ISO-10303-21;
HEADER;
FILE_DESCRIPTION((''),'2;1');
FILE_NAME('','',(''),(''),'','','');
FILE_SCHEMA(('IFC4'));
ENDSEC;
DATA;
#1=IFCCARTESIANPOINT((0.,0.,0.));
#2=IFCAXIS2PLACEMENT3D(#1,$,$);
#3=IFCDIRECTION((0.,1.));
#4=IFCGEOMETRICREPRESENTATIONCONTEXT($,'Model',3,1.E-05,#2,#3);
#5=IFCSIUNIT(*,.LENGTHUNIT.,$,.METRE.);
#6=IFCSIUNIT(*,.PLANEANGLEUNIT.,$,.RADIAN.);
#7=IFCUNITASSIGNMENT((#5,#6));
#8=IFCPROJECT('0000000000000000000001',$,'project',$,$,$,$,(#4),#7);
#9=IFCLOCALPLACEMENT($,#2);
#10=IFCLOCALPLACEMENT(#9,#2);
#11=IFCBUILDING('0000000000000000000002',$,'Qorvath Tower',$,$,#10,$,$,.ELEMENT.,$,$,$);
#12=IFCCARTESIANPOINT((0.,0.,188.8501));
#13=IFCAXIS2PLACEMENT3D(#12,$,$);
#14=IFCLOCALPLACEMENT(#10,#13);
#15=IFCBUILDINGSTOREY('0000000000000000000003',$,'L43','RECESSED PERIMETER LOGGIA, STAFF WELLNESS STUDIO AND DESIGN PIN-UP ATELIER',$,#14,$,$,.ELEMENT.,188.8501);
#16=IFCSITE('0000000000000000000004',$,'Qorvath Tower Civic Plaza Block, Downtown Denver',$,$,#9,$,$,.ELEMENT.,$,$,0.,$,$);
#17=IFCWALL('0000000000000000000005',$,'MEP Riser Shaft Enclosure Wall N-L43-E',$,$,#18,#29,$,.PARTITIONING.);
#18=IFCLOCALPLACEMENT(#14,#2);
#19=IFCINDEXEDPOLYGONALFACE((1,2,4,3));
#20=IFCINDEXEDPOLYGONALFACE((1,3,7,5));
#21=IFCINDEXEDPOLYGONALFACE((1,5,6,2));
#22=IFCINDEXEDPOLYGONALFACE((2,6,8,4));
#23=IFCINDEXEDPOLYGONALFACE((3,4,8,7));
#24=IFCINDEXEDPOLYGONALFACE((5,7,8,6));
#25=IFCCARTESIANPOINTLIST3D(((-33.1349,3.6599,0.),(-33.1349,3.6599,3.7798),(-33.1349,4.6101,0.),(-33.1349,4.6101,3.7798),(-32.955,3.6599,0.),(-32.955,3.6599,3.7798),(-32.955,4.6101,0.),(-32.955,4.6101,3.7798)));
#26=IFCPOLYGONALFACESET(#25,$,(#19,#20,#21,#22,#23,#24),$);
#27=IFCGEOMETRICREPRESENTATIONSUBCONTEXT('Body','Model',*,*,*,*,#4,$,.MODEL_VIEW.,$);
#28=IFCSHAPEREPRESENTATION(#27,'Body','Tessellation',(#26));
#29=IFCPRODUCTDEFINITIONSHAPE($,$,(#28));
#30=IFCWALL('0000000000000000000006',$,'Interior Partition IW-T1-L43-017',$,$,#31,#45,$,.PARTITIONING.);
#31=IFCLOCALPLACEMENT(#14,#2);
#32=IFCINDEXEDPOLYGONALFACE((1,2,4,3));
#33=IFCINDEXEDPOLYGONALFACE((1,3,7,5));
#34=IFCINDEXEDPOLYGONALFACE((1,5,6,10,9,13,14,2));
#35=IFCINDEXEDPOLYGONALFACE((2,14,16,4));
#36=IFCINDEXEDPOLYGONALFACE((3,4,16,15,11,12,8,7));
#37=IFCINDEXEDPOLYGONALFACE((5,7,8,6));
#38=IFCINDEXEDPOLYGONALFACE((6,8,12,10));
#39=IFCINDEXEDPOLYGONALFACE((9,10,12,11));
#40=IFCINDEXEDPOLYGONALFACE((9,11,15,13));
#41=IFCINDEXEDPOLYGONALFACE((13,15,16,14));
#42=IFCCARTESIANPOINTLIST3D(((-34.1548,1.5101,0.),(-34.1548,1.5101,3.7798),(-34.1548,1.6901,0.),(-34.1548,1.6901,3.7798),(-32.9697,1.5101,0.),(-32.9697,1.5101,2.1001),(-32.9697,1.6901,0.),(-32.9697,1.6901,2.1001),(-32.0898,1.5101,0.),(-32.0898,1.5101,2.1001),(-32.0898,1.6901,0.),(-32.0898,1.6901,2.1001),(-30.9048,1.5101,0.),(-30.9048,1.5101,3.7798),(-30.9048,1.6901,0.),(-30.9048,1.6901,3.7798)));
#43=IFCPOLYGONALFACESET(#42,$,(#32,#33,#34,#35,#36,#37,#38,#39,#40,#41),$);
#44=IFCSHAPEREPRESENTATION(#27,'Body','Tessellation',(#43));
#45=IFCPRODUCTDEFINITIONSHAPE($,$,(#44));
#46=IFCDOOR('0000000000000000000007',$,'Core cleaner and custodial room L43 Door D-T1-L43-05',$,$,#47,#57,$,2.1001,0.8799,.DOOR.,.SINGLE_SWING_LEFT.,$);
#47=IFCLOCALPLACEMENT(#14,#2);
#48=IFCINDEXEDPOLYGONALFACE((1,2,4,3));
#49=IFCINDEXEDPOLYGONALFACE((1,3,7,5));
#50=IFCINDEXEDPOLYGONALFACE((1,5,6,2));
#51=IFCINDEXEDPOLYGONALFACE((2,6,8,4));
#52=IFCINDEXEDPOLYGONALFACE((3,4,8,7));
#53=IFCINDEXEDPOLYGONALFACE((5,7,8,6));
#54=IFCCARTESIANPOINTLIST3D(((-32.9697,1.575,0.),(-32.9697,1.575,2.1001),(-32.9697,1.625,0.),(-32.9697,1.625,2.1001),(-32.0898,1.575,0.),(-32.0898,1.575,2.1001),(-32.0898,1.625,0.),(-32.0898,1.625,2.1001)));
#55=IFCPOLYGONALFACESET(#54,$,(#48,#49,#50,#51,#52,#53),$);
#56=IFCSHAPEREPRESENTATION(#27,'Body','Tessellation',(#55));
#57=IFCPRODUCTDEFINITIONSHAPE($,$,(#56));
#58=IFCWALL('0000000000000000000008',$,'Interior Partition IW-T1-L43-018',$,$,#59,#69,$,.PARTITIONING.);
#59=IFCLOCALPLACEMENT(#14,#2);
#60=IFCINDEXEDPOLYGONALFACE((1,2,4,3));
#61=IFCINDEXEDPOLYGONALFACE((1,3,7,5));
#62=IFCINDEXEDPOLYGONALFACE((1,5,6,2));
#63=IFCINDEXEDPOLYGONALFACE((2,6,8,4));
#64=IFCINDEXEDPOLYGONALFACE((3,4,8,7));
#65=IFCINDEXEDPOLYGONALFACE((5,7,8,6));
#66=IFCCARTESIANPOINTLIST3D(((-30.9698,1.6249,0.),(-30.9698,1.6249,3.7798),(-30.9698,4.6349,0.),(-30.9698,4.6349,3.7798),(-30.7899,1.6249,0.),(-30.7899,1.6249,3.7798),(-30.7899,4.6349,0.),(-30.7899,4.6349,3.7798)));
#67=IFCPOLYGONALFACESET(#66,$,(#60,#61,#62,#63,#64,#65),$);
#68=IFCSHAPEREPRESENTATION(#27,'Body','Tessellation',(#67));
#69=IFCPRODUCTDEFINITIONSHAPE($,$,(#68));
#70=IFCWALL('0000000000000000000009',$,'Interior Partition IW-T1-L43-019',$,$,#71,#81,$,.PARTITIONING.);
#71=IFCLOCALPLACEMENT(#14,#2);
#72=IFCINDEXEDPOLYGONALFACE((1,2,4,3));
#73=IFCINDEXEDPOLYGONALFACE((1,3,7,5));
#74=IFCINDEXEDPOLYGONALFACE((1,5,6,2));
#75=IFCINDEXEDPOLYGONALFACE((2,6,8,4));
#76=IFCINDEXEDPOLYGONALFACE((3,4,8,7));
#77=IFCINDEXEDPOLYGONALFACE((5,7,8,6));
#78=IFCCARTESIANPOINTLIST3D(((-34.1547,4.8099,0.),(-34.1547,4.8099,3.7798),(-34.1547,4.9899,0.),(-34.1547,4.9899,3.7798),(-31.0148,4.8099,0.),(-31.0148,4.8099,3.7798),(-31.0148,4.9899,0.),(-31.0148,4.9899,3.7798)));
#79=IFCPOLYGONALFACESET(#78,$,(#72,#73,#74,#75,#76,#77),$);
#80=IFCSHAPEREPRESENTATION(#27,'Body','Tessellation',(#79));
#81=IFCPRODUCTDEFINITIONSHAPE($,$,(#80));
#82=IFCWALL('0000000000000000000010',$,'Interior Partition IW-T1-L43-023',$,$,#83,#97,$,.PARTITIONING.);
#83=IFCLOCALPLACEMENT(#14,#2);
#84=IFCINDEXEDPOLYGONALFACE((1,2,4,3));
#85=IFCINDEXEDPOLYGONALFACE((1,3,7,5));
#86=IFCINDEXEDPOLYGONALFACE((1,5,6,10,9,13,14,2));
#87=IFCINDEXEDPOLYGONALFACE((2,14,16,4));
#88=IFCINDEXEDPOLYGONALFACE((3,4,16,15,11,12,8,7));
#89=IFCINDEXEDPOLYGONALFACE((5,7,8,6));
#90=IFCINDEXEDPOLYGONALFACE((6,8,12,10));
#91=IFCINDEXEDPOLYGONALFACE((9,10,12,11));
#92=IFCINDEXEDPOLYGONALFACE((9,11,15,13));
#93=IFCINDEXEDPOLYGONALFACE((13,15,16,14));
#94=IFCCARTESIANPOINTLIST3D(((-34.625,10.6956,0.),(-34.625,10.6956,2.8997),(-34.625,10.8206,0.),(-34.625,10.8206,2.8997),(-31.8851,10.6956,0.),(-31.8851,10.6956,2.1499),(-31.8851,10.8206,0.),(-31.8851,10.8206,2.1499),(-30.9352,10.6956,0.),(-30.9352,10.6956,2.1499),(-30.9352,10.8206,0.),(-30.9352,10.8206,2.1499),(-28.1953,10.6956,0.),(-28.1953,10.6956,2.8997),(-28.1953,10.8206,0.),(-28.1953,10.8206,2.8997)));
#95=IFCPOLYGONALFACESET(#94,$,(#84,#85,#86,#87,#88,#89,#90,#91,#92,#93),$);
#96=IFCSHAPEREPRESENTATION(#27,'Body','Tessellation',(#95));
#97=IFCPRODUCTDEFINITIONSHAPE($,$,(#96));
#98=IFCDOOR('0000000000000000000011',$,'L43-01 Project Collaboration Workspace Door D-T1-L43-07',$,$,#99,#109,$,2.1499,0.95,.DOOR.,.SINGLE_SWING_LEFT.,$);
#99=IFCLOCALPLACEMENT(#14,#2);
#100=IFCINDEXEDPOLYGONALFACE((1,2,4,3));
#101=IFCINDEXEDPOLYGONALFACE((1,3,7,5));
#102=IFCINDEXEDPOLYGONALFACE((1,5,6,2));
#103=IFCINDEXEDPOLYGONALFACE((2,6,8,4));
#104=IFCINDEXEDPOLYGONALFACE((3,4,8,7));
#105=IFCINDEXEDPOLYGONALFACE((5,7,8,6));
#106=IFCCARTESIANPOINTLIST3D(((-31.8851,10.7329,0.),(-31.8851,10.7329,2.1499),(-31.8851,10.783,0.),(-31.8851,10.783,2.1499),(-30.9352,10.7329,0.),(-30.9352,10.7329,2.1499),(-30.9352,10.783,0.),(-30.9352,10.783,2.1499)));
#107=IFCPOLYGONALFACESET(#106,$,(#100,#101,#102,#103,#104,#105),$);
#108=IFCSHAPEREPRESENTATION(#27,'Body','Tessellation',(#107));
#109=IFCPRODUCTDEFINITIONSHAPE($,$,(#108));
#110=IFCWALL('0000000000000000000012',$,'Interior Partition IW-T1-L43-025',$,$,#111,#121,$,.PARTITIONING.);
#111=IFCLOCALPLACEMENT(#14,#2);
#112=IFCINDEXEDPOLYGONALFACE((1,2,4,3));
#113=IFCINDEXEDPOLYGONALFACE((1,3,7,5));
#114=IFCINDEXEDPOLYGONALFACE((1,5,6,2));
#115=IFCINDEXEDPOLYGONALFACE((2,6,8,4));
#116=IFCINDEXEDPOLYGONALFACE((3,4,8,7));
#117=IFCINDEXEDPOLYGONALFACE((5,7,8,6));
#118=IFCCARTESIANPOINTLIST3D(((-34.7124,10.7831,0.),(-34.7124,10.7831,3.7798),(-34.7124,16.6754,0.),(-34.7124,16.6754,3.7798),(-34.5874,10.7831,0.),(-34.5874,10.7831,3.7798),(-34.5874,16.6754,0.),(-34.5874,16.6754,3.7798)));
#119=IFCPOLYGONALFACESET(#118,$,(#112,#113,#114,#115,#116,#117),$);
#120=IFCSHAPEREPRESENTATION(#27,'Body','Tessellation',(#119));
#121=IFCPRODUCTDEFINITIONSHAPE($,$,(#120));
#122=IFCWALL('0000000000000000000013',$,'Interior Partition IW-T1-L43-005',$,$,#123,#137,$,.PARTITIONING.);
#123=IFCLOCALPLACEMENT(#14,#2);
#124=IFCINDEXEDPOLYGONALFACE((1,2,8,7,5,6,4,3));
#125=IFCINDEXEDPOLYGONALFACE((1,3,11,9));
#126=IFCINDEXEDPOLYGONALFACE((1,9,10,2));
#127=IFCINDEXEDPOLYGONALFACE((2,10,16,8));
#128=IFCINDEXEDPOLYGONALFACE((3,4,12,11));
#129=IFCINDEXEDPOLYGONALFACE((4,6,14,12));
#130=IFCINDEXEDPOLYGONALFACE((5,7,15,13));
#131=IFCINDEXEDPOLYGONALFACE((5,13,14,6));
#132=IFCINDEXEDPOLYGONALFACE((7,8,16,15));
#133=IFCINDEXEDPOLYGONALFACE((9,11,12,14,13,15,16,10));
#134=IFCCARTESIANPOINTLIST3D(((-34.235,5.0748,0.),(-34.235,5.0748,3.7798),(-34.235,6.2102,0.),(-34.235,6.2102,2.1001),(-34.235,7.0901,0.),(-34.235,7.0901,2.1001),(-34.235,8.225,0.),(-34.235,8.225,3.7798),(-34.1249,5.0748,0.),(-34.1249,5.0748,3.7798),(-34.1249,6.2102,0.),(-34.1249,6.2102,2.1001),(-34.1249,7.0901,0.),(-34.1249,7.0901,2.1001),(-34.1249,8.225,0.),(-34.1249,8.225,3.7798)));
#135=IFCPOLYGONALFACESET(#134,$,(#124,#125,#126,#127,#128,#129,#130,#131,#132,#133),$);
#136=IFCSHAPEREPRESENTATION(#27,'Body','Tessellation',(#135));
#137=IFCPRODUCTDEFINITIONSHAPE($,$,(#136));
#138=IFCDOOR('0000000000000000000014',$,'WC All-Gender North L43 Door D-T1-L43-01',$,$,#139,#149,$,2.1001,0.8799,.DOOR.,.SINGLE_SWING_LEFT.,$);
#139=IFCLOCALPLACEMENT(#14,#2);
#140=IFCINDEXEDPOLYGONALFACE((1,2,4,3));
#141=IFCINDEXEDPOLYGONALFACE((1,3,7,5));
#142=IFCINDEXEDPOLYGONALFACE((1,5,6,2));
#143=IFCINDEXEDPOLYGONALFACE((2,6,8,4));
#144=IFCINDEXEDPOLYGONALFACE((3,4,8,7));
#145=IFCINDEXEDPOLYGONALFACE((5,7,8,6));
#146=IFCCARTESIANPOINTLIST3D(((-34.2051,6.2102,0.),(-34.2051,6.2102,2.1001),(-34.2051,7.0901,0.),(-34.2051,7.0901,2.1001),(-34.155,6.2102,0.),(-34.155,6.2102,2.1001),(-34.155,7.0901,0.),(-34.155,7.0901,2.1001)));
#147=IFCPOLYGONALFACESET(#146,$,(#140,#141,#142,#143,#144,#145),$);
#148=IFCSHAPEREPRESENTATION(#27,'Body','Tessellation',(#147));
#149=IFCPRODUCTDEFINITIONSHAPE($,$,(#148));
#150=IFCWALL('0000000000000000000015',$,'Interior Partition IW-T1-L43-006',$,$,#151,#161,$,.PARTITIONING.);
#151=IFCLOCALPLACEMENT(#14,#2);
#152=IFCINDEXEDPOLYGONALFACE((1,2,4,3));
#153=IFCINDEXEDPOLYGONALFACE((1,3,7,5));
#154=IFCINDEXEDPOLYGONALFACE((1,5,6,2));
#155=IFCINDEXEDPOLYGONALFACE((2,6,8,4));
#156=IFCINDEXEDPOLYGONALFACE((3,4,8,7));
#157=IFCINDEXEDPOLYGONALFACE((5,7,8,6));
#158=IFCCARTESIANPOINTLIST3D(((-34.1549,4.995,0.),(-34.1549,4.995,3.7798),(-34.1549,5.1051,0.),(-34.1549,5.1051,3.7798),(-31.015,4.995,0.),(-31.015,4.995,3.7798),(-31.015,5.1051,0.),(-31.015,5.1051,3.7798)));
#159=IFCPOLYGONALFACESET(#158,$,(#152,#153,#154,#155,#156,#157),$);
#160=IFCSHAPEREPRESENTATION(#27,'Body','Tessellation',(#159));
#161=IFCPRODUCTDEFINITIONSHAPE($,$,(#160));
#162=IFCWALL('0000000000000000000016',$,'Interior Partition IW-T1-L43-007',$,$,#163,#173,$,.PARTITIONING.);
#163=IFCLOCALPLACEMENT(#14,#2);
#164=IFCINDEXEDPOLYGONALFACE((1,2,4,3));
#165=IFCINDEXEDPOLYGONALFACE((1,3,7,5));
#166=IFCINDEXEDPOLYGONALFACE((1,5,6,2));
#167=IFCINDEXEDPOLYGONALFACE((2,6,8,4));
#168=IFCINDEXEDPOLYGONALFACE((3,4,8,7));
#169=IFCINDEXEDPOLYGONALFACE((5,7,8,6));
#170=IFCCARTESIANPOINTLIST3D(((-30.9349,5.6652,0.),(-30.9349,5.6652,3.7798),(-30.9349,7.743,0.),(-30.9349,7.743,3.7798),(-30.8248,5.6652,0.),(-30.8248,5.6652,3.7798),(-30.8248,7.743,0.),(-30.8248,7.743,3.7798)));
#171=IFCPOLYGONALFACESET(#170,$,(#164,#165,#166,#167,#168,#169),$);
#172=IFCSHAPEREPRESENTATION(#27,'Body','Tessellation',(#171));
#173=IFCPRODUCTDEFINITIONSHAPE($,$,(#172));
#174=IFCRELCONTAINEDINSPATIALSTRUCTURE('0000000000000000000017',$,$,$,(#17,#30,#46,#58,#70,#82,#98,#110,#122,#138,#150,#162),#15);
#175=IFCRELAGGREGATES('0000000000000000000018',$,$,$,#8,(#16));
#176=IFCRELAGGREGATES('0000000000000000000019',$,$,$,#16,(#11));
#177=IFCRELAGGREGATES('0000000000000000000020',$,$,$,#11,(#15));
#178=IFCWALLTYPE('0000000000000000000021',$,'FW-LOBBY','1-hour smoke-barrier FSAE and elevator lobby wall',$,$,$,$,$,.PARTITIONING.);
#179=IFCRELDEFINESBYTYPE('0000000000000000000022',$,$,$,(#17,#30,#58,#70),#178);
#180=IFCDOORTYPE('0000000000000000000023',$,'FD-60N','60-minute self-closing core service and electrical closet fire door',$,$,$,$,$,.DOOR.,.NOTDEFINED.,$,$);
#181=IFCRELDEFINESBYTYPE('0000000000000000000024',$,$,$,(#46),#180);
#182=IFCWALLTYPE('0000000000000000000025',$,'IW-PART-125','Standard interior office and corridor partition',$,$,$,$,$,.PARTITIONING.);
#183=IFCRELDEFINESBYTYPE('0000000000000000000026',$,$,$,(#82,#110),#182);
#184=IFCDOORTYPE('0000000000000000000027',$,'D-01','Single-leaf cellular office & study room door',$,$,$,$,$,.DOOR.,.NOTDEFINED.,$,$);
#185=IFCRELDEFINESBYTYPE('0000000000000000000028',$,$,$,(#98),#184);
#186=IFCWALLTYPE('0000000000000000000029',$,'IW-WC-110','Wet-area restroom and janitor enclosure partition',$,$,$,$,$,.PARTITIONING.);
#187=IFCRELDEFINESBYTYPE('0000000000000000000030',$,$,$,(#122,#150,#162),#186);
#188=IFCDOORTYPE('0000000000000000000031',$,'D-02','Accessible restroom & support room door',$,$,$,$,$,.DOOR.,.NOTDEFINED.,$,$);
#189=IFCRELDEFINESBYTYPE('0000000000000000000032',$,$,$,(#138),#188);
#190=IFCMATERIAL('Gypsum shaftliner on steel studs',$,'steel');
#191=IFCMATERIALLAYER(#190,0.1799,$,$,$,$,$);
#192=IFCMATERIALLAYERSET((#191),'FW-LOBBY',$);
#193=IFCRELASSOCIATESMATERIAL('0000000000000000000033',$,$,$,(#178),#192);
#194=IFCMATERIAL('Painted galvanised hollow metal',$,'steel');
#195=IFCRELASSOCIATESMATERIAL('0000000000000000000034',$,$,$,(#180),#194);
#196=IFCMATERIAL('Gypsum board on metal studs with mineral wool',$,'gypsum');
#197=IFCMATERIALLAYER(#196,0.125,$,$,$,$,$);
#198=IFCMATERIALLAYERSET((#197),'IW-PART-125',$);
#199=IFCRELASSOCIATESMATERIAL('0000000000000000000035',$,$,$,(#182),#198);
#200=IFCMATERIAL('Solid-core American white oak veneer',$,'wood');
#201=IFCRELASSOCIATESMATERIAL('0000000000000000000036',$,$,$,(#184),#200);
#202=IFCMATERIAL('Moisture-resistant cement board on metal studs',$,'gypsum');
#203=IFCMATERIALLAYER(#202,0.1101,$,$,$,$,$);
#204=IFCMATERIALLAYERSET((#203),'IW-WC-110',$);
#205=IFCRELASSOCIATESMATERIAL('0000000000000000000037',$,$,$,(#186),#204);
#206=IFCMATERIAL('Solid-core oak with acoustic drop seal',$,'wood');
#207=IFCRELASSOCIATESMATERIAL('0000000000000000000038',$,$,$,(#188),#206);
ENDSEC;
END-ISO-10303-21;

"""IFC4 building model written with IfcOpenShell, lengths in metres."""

from ifc_helpers import new_model, si_unit, direction, frame, frame_2d, origin, place, context, subcontext, project, spatial, rectangle, extrude, material, layer, layer_set, type_object, element, fill, save


model = new_model("IFC4")

# Units and contexts
model_context = context("Model", 3, precision=1e-05, world=origin(), true_north=direction((0.0, 1.0)))
body_context = subcontext(model_context, "Body", "Model", "MODEL_VIEW")
ifc_project = project(units=[si_unit("LENGTHUNIT", "METRE"), si_unit("PLANEANGLEUNIT", "RADIAN")], contexts=[model_context])

# Site, building, storey
site_placement = place(None, origin())
site = spatial("IfcSite", under=ifc_project, at=site_placement, Name="Qorvath Tower Civic Plaza Block, Downtown Denver", CompositionType="ELEMENT", RefElevation=0.0)
building_placement = place(site_placement, origin())
building = spatial("IfcBuilding", under=site, at=building_placement, Name="Qorvath Tower", CompositionType="ELEMENT")
storey_placement = place(building_placement, frame((0.0, 0.0, 188.8501)))
storey = spatial("IfcBuildingStorey", under=building, at=storey_placement, Name="L43", Description="RECESSED PERIMETER LOGGIA, STAFF WELLNESS STUDIO AND DESIGN PIN-UP ATELIER", CompositionType="ELEMENT", Elevation=188.8501)

# Wall
ifc_material_1 = material(Name="Gypsum shaftliner on steel studs", Category="steel")
ifc_layer_1 = layer(ifc_material_1, 0.1799)
ifc_layer_set_1 = layer_set([ifc_layer_1], Name="FW-LOBBY")
wall_type_1 = type_object("IfcWallType", Name="FW-LOBBY", Description="1-hour smoke-barrier FSAE and elevator lobby wall", PredefinedType="PARTITIONING", material=ifc_layer_set_1)
for number, where, z_axis, x_axis, name in (
    (1, (-33.0449, 4.6101, 0.0), (0.0, 0.0, 1.0), (0.0, -1.0, 0.0), "MEP Riser Shaft Enclosure Wall N-L43-E"),
):
    element("IfcWall", number, at=place(storey_placement, frame(where, z_axis=z_axis, x_axis=x_axis)), inside=storey, type_object=wall_type_1, Name=name, PredefinedType="PARTITIONING", context=body_context, shape_type="SweptSolid", body=[
        extrude(rectangle(XDim=0.9502, YDim=0.1799, at=frame_2d((0.4751, 0.0))), origin(), (0.0, 0.0, 1.0), 3.7798),
    ])

# Wall, opening, door
wall_1_placement = place(storey_placement, frame((-34.1548, 1.6001, 0.0), z_axis=(0.0, 0.0, 1.0), x_axis=(1.0, 0.0, 0.0)))
wall_1 = element("IfcWall", 2, at=wall_1_placement, inside=storey, type_object=wall_type_1, Name="Interior Partition IW-T1-L43-017", PredefinedType="PARTITIONING", context=body_context, shape_type="SweptSolid", body=[
    extrude(rectangle(XDim=3.25, YDim=0.1799, at=frame_2d((1.625, 0.0))), origin(), (0.0, 0.0, 1.0), 3.7798),
])
opening_1_placement = place(wall_1_placement, frame((1.1851, 0.0, 0.0)))
opening_1 = element("IfcOpeningElement", 3, at=opening_1_placement, cuts=wall_1, PredefinedType="OPENING", context=body_context, shape_type="SweptSolid", body=[
    extrude(rectangle(XDim=0.8799, YDim=2.1001, at=frame_2d((0.4399, 1.05))), frame((0.0, 0.1001, 0.0), z_axis=(0.0, -1.0, 0.0), x_axis=(1.0, 0.0, 0.0)), (0.0, 0.0, 1.0), 0.2),
])
ifc_material_2 = material(Name="Painted galvanised hollow metal", Category="steel")
door_type_1 = type_object("IfcDoorType", Name="FD-60N", Description="60-minute self-closing core service and electrical closet fire door", OperationType="NOTDEFINED", PredefinedType="DOOR", material=ifc_material_2)
door_1_placement = place(opening_1_placement, origin())
door_1 = element("IfcDoor", 4, at=door_1_placement, inside=storey, type_object=door_type_1, Name="Core cleaner and custodial room L43 Door D-T1-L43-05", OperationType="SINGLE_SWING_LEFT", OverallHeight=2.1001, OverallWidth=0.8799, PredefinedType="DOOR", context=body_context, shape_type="SweptSolid", body=[
    extrude(rectangle(XDim=0.8799, YDim=2.1001, at=frame_2d((0.4399, 1.05))), frame((0.0, 0.0249, 0.0), z_axis=(0.0, -1.0, 0.0), x_axis=(1.0, 0.0, 0.0)), (0.0, 0.0, 1.0), 0.05),
])
fill(opening_1, door_1)

# Walls
wall_2_placement = place(storey_placement, frame((-30.8799, 1.625, 0.0), z_axis=(0.0, 0.0, 1.0), x_axis=(0.0, 1.0, 0.0)))
element("IfcWall", 5, at=wall_2_placement, inside=storey, type_object=wall_type_1, Name="Interior Partition IW-T1-L43-018", PredefinedType="PARTITIONING", context=body_context, shape_type="SweptSolid", body=[
    extrude(rectangle(XDim=3.01, YDim=0.1799, at=frame_2d((1.5049, 0.0))), origin(), (0.0, 0.0, 1.0), 3.7798),
])
wall_3_placement = place(storey_placement, frame((-31.0149, 4.8999, 0.0), z_axis=(0.0, 0.0, 1.0), x_axis=(-1.0, 0.0, 0.0)))
element("IfcWall", 6, at=wall_3_placement, inside=storey, type_object=wall_type_1, Name="Interior Partition IW-T1-L43-019", PredefinedType="PARTITIONING", context=body_context, shape_type="SweptSolid", body=[
    extrude(rectangle(XDim=3.1399, YDim=0.1799, at=frame_2d((1.5698, 0.0))), origin(), (0.0, 0.0, 1.0), 3.7798),
])

# Wall, opening, door
ifc_material_3 = material(Name="Gypsum board on metal studs with mineral wool", Category="gypsum")
ifc_layer_2 = layer(ifc_material_3, 0.125)
ifc_layer_set_2 = layer_set([ifc_layer_2], Name="IW-PART-125")
wall_type_2 = type_object("IfcWallType", Name="IW-PART-125", Description="Standard interior office and corridor partition", PredefinedType="PARTITIONING", material=ifc_layer_set_2)
wall_4_placement = place(storey_placement, frame((-34.625, 10.7581, 0.0), z_axis=(0.0, 0.0, 1.0), x_axis=(1.0, 0.0, 0.0)))
wall_4 = element("IfcWall", 7, at=wall_4_placement, inside=storey, type_object=wall_type_2, Name="Interior Partition IW-T1-L43-023", PredefinedType="PARTITIONING", context=body_context, shape_type="SweptSolid", body=[
    extrude(rectangle(XDim=6.4297, YDim=0.125, at=frame_2d((3.2148, 0.0))), origin(), (0.0, 0.0, 1.0), 2.8997),
])
opening_2_placement = place(wall_4_placement, frame((2.7397, 0.0, 0.0)))
opening_2 = element("IfcOpeningElement", 8, at=opening_2_placement, cuts=wall_4, PredefinedType="OPENING", context=body_context, shape_type="SweptSolid", body=[
    extrude(rectangle(XDim=0.95, YDim=2.1499, at=frame_2d((0.4751, 1.075))), frame((0.0, 0.0725, 0.0), z_axis=(0.0, -1.0, 0.0), x_axis=(1.0, 0.0, 0.0)), (0.0, 0.0, 1.0), 0.145),
])
ifc_material_4 = material(Name="Solid-core American white oak veneer", Category="wood")
door_type_2 = type_object("IfcDoorType", Name="D-01", Description="Single-leaf cellular office & study room door", OperationType="NOTDEFINED", PredefinedType="DOOR", material=ifc_material_4)
door_2_placement = place(opening_2_placement, origin())
door_2 = element("IfcDoor", 9, at=door_2_placement, inside=storey, type_object=door_type_2, Name="L43-01 Project Collaboration Workspace Door D-T1-L43-07", OperationType="SINGLE_SWING_LEFT", OverallHeight=2.1499, OverallWidth=0.95, PredefinedType="DOOR", context=body_context, shape_type="SweptSolid", body=[
    extrude(rectangle(XDim=0.95, YDim=2.1499, at=frame_2d((0.4751, 1.075))), frame((0.0, 0.0249, 0.0), z_axis=(0.0, -1.0, 0.0), x_axis=(1.0, 0.0, 0.0)), (0.0, 0.0, 1.0), 0.05),
])
fill(opening_2, door_2)

# Wall
wall_5_placement = place(storey_placement, frame((-34.6499, 16.6755, 0.0), z_axis=(0.0, 0.0, 1.0), x_axis=(0.0, -1.0, 0.0)))
element("IfcWall", 10, at=wall_5_placement, inside=storey, type_object=wall_type_2, Name="Interior Partition IW-T1-L43-025", PredefinedType="PARTITIONING", context=body_context, shape_type="SweptSolid", body=[
    extrude(rectangle(XDim=5.8923, YDim=0.125, at=frame_2d((2.9463, 0.0))), origin(), (0.0, 0.0, 1.0), 3.7798),
])

# Wall, opening, door
ifc_material_5 = material(Name="Moisture-resistant cement board on metal studs", Category="gypsum")
ifc_layer_3 = layer(ifc_material_5, 0.1101)
ifc_layer_set_3 = layer_set([ifc_layer_3], Name="IW-WC-110")
wall_type_3 = type_object("IfcWallType", Name="IW-WC-110", Description="Wet-area restroom and janitor enclosure partition", PredefinedType="PARTITIONING", material=ifc_layer_set_3)
wall_6_placement = place(storey_placement, frame((-34.1799, 8.2251, 0.0), z_axis=(0.0, 0.0, 1.0), x_axis=(0.0, -1.0, 0.0)))
wall_6 = element("IfcWall", 11, at=wall_6_placement, inside=storey, type_object=wall_type_3, Name="Interior Partition IW-T1-L43-005", PredefinedType="PARTITIONING", context=body_context, shape_type="SweptSolid", body=[
    extrude(rectangle(XDim=3.1501, YDim=0.1101, at=frame_2d((1.5752, 0.0))), origin(), (0.0, 0.0, 1.0), 3.7798),
])
opening_3_placement = place(wall_6_placement, frame((1.135, 0.0, 0.0)))
opening_3 = element("IfcOpeningElement", 12, at=opening_3_placement, cuts=wall_6, PredefinedType="OPENING", context=body_context, shape_type="SweptSolid", body=[
    extrude(rectangle(XDim=0.8799, YDim=2.1001, at=frame_2d((0.4399, 1.05))), frame((0.0, 0.0649, 0.0), z_axis=(0.0, -1.0, 0.0), x_axis=(1.0, 0.0, 0.0)), (0.0, 0.0, 1.0), 0.1301),
])
ifc_material_6 = material(Name="Solid-core oak with acoustic drop seal", Category="wood")
door_type_3 = type_object("IfcDoorType", Name="D-02", Description="Accessible restroom & support room door", OperationType="NOTDEFINED", PredefinedType="DOOR", material=ifc_material_6)
door_3_placement = place(opening_3_placement, origin())
door_3 = element("IfcDoor", 13, at=door_3_placement, inside=storey, type_object=door_type_3, Name="WC All-Gender North L43 Door D-T1-L43-01", OperationType="SINGLE_SWING_LEFT", OverallHeight=2.1001, OverallWidth=0.8799, PredefinedType="DOOR", context=body_context, shape_type="SweptSolid", body=[
    extrude(rectangle(XDim=0.8799, YDim=2.1001, at=frame_2d((0.4399, 1.05))), frame((0.0, 0.0249, 0.0), z_axis=(0.0, -1.0, 0.0), x_axis=(1.0, 0.0, 0.0)), (0.0, 0.0, 1.0), 0.05),
])
fill(opening_3, door_3)

# Walls
wall_7_placement = place(storey_placement, frame((-34.1548, 5.05, 0.0), z_axis=(0.0, 0.0, 1.0), x_axis=(1.0, 0.0, 0.0)))
element("IfcWall", 14, at=wall_7_placement, inside=storey, type_object=wall_type_3, Name="Interior Partition IW-T1-L43-006", PredefinedType="PARTITIONING", context=body_context, shape_type="SweptSolid", body=[
    extrude(rectangle(XDim=3.1399, YDim=0.1101, at=frame_2d((1.5698, 0.0))), origin(), (0.0, 0.0, 1.0), 3.7798),
])
wall_8_placement = place(storey_placement, frame((-30.8799, 5.665, 0.0), z_axis=(0.0, 0.0, 1.0), x_axis=(0.0, 1.0, 0.0)))
element("IfcWall", 15, at=wall_8_placement, inside=storey, type_object=wall_type_3, Name="Interior Partition IW-T1-L43-007", PredefinedType="PARTITIONING", context=body_context, shape_type="SweptSolid", body=[
    extrude(rectangle(XDim=2.0779, YDim=0.1101, at=frame_2d((1.0391, 0.0))), origin(), (0.0, 0.0, 1.0), 3.7798),
])

save(model, "model.ifc")
